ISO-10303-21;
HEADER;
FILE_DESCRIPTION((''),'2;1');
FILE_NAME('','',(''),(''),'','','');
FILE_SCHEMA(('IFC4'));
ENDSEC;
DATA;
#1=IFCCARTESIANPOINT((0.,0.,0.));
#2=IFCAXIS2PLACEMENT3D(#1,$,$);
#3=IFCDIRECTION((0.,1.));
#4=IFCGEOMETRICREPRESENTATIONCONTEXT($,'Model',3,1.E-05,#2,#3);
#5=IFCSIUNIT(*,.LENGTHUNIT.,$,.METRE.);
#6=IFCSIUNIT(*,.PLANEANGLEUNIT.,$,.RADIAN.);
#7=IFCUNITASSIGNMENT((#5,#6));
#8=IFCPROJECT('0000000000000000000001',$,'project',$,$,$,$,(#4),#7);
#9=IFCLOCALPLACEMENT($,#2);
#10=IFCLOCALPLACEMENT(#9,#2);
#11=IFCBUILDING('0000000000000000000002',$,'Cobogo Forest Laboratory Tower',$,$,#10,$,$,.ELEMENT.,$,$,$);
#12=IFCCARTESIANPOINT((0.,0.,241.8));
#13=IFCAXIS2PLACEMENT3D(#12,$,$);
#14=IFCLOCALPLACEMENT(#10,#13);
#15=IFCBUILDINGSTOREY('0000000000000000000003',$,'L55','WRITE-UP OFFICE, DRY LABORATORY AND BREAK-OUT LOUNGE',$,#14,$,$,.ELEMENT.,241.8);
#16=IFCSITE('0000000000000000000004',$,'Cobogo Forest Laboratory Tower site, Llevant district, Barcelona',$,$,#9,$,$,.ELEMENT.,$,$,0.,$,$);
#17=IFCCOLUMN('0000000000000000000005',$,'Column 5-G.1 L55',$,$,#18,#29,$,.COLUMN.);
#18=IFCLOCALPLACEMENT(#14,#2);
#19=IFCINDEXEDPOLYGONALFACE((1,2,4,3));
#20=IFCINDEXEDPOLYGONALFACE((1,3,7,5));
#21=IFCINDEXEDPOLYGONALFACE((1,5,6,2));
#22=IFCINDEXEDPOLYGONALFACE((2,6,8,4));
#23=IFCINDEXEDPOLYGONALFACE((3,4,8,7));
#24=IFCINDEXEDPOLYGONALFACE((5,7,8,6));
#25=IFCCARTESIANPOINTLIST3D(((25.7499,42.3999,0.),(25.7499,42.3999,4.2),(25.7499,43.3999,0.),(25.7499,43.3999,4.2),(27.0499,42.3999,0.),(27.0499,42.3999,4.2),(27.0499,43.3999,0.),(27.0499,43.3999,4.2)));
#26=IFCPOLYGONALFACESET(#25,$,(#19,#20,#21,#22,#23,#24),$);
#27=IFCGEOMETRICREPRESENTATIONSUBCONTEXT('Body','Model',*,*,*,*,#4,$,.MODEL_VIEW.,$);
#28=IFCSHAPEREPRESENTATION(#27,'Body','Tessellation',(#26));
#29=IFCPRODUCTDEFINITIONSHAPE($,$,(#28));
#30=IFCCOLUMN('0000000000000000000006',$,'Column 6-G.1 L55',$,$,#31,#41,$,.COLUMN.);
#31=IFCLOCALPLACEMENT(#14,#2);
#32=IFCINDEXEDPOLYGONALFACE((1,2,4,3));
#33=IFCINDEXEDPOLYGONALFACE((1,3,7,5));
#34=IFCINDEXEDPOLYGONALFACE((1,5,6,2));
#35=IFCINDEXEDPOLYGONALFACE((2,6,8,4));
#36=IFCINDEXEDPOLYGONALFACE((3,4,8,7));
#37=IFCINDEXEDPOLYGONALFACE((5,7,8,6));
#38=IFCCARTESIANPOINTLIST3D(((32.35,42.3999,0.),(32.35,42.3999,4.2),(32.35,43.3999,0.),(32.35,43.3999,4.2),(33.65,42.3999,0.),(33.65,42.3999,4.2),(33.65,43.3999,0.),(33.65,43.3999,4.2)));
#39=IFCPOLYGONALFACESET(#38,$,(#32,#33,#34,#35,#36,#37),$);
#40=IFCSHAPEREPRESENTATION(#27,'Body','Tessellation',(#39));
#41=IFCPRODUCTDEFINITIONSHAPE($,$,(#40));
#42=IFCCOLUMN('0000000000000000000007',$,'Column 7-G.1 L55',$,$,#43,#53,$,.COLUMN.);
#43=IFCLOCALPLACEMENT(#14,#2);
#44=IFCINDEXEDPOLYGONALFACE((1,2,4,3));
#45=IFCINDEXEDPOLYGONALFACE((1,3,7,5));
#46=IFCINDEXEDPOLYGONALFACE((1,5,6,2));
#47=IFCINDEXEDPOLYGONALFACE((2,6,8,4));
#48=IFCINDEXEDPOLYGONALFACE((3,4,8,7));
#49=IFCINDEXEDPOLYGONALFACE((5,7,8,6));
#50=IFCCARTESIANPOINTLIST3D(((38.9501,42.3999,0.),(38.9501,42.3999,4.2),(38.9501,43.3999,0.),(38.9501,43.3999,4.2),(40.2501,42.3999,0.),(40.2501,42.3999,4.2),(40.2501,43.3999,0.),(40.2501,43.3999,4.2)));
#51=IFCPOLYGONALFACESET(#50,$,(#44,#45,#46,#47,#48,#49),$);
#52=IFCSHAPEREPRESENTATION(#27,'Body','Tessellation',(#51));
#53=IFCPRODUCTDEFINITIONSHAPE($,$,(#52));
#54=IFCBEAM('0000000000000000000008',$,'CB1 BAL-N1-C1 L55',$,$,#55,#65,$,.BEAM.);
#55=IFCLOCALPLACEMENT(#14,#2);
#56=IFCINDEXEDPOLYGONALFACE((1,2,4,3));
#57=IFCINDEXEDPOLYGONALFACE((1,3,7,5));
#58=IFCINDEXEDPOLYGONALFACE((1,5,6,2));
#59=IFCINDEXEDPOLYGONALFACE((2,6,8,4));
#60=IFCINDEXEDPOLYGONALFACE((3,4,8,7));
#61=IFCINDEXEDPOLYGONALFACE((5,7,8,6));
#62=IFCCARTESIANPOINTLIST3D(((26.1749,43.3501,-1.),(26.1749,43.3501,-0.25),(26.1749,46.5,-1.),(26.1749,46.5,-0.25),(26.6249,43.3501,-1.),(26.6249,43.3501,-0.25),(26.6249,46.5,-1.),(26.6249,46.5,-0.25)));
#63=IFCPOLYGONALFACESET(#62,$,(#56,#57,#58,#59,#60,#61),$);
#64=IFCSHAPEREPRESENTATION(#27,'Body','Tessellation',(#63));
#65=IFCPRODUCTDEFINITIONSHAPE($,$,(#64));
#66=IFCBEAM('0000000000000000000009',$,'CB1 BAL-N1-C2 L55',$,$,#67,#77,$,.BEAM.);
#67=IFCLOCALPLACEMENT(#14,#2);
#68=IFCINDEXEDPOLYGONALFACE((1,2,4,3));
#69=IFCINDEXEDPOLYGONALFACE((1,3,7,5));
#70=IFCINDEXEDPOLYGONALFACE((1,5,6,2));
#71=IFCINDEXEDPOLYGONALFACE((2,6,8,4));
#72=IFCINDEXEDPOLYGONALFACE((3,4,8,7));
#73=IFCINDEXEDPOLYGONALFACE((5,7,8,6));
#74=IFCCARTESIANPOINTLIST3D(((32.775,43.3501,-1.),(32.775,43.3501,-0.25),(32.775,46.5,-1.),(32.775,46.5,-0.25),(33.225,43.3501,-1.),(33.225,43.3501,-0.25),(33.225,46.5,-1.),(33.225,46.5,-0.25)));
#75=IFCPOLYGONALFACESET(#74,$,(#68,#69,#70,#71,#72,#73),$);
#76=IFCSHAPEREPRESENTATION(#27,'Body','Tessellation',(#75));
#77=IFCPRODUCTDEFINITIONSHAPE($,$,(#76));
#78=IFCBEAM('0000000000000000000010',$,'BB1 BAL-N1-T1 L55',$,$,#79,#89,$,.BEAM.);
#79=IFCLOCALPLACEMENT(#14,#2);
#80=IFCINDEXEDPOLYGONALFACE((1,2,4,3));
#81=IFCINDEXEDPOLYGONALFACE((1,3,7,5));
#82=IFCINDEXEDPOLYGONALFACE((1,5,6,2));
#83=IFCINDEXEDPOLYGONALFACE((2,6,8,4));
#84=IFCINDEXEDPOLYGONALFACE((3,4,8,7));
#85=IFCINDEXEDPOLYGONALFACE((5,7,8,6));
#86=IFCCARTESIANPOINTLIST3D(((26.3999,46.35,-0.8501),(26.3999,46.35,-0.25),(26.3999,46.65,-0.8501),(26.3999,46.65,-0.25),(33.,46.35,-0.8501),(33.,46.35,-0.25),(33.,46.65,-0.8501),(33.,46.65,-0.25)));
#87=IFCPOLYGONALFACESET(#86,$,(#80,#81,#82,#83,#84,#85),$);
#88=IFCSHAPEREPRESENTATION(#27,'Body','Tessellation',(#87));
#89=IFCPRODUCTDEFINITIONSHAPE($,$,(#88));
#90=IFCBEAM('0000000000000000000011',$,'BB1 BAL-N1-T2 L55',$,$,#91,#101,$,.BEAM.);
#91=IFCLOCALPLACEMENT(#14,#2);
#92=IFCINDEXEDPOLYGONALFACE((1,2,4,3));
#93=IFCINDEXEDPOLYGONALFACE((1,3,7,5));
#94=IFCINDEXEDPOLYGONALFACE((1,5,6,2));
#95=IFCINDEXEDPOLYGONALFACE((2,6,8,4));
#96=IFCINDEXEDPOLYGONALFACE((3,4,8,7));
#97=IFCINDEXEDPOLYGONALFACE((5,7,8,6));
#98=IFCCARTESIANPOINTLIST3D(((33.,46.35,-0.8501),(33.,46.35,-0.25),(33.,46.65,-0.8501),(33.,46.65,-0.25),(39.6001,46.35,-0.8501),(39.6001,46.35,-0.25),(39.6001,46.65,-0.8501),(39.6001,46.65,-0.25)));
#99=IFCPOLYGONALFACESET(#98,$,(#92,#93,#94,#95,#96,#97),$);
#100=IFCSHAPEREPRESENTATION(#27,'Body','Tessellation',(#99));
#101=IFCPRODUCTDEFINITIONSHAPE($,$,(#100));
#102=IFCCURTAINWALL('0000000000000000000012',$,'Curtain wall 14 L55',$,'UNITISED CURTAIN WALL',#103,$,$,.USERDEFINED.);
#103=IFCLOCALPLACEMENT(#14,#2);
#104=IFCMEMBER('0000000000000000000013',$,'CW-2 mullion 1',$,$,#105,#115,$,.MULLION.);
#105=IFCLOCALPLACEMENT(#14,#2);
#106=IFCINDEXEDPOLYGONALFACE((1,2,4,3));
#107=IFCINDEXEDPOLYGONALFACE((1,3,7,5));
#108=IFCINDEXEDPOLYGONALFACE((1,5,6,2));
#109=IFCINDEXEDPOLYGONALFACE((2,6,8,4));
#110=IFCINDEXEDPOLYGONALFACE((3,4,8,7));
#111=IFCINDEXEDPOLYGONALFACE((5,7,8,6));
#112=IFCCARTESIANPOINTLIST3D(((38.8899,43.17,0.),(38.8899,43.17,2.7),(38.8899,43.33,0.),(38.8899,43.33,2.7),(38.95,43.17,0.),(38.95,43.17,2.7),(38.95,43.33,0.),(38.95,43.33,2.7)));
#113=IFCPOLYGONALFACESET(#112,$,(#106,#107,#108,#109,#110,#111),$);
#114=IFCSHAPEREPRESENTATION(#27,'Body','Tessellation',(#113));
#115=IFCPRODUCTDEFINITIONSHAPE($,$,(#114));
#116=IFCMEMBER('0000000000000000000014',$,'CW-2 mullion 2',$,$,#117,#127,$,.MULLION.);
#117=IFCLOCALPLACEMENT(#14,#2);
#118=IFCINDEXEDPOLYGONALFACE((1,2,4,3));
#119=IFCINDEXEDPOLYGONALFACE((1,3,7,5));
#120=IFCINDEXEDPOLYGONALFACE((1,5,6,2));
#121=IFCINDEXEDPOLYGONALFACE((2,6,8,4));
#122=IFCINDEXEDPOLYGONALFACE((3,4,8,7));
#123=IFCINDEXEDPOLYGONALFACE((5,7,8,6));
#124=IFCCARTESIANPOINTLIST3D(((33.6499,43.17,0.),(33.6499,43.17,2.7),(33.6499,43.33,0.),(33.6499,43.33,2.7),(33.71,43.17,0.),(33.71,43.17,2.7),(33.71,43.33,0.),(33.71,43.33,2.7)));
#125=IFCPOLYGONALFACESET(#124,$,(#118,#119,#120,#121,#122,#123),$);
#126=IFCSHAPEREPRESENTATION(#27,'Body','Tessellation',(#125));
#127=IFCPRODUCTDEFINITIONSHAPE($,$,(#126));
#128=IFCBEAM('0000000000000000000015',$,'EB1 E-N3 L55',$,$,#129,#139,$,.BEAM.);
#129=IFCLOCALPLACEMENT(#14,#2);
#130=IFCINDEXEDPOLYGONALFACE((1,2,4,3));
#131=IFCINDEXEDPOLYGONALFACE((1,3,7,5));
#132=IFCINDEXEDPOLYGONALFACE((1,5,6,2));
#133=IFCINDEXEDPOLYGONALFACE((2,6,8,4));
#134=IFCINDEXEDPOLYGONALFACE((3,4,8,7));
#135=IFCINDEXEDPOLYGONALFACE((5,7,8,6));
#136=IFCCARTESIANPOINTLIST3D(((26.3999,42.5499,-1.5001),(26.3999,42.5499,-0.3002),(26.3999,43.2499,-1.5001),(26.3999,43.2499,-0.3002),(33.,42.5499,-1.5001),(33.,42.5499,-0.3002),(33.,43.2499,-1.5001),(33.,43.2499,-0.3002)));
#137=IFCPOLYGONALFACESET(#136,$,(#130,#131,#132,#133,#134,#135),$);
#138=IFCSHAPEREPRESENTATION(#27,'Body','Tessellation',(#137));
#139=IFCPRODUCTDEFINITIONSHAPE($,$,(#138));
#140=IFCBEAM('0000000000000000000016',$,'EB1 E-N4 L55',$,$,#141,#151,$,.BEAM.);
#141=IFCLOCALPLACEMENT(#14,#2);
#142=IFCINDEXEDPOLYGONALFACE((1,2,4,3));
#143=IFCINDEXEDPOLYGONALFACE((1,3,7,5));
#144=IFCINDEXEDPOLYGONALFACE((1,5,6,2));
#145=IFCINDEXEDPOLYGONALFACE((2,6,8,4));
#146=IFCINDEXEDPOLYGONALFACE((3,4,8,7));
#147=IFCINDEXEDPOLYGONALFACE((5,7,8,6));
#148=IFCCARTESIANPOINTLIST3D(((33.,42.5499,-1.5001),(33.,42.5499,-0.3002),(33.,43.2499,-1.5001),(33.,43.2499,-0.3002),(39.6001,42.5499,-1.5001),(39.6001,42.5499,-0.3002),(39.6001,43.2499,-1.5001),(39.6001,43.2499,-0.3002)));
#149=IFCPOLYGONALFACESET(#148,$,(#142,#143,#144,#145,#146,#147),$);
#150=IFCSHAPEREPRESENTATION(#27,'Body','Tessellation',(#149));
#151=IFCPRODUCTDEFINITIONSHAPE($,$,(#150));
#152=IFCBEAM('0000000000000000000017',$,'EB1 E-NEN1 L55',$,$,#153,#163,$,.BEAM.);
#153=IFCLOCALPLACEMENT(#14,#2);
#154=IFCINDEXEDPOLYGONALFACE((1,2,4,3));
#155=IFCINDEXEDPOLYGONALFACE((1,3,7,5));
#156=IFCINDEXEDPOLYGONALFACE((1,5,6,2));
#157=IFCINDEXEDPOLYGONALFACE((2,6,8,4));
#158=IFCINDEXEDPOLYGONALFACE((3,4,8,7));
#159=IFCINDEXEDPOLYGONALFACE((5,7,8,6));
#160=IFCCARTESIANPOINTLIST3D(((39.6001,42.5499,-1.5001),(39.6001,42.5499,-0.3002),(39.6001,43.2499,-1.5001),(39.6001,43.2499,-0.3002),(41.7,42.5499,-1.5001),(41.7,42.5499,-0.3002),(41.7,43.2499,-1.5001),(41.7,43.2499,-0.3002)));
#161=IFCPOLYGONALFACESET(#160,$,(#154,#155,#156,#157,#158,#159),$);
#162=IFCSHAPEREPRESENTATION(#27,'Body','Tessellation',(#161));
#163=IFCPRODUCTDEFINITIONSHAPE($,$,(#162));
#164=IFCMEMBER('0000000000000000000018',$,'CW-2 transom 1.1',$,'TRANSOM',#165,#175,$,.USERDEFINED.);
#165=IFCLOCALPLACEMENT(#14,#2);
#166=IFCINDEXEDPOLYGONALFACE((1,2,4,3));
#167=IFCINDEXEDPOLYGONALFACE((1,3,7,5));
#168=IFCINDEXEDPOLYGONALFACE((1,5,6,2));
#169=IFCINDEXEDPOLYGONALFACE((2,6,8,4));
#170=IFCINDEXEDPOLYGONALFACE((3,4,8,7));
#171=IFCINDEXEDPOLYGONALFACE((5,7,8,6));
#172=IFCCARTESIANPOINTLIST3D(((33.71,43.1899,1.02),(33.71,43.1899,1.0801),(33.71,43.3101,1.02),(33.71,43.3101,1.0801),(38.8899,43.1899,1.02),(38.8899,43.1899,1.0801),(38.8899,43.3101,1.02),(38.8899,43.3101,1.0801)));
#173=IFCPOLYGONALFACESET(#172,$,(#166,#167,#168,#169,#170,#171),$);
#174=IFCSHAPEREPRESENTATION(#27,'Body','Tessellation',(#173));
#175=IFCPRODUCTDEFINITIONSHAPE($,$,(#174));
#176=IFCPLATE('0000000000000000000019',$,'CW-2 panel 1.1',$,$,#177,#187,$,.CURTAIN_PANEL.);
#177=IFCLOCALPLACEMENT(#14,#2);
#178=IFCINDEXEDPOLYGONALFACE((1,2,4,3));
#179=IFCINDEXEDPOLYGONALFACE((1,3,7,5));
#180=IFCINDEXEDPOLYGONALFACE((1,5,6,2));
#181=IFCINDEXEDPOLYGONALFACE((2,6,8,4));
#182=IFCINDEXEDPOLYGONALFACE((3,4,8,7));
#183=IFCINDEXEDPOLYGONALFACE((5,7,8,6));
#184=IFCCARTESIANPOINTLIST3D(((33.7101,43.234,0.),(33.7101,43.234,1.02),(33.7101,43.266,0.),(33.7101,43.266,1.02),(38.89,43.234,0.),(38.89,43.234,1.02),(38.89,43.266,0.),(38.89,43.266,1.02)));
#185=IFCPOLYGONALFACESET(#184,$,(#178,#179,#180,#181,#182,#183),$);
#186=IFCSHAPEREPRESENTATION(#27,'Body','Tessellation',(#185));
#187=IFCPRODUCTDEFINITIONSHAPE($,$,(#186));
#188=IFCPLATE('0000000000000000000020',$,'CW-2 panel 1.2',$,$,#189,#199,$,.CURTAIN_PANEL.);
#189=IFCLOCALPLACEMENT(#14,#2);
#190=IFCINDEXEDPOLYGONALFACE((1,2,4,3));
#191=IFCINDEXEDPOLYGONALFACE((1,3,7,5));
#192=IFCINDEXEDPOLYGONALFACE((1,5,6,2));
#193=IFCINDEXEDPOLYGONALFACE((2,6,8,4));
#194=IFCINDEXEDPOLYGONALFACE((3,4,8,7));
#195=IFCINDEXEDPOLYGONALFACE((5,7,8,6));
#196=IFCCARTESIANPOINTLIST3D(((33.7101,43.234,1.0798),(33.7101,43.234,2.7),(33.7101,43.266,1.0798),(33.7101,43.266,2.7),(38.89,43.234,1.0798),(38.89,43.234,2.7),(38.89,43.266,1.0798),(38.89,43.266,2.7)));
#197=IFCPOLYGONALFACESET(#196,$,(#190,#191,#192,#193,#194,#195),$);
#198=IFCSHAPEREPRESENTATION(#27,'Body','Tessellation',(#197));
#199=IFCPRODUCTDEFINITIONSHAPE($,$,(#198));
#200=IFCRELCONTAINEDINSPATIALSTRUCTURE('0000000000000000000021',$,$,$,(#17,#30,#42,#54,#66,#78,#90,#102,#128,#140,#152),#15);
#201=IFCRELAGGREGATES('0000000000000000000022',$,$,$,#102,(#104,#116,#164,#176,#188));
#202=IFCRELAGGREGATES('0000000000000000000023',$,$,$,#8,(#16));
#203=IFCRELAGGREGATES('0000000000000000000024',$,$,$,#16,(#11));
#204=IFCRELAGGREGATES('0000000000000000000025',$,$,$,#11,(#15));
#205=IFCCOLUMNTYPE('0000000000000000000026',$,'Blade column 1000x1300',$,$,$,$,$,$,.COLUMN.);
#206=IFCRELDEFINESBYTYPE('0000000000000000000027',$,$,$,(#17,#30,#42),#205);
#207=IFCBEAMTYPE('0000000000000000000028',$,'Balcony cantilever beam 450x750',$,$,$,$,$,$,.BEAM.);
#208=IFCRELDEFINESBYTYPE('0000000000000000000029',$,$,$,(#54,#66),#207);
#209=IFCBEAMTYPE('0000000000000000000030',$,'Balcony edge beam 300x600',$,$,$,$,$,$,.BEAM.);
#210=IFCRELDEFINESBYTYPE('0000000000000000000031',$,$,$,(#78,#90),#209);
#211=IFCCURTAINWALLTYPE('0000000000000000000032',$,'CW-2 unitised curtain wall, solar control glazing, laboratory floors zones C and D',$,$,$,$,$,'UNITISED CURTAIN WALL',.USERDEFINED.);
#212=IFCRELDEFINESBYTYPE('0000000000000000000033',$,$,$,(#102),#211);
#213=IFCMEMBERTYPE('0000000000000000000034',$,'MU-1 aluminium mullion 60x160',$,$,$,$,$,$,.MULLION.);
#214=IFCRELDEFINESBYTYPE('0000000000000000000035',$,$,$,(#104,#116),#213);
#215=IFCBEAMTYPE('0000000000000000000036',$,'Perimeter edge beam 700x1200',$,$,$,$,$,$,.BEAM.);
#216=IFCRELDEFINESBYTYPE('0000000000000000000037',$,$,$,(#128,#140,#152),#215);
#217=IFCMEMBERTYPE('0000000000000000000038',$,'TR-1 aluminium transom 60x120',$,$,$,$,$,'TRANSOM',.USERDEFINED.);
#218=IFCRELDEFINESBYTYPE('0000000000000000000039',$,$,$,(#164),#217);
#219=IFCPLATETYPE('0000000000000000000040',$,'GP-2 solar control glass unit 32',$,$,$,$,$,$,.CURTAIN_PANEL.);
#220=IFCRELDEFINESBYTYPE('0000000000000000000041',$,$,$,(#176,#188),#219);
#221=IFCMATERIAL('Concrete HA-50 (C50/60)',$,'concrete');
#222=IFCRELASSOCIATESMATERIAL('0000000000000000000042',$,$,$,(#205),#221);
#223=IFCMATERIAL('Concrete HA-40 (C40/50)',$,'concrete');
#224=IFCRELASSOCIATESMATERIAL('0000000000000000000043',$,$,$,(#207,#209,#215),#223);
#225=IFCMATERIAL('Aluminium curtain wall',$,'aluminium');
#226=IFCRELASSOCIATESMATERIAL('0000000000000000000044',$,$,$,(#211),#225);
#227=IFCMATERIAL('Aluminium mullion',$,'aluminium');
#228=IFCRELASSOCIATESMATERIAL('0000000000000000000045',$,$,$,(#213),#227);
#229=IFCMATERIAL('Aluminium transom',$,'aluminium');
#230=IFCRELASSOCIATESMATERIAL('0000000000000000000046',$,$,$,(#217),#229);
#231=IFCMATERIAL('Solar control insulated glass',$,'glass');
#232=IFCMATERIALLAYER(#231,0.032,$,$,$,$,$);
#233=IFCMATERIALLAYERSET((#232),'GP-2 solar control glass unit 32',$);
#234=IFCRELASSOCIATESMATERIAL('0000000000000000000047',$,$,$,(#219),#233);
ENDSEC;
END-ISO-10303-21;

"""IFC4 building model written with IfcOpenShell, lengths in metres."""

from ifc_helpers import new_model, si_unit, direction, frame, origin, origin_2d, place, context, subcontext, project, spatial, rectangle, extrude, material, layer, layer_set, material_profile, profile_set, type_object, element, aggregate, save


model = new_model("IFC4")

# Units and contexts
model_context = context("Model", 3, precision=1e-05, world=origin(), true_north=direction((0.0, 1.0)))
body_context = subcontext(model_context, "Body", "Model", "MODEL_VIEW")
ifc_project = project(units=[si_unit("LENGTHUNIT", "METRE"), si_unit("PLANEANGLEUNIT", "RADIAN")], contexts=[model_context])

# Site, building, storey
site_placement = place(None, origin())
site = spatial("IfcSite", under=ifc_project, at=site_placement, Name="Cobogo Forest Laboratory Tower site, Llevant district, Barcelona", CompositionType="ELEMENT", RefElevation=0.0)
building_placement = place(site_placement, origin())
building = spatial("IfcBuilding", under=site, at=building_placement, Name="Cobogo Forest Laboratory Tower", CompositionType="ELEMENT")
storey_placement = place(building_placement, frame((0.0, 0.0, 241.8)))
storey = spatial("IfcBuildingStorey", under=building, at=storey_placement, Name="L55", Description="WRITE-UP OFFICE, DRY LABORATORY AND BREAK-OUT LOUNGE", CompositionType="ELEMENT", Elevation=241.8)

# Columns
ifc_material_1 = material(Name="Concrete HA-50 (C50/60)", Category="concrete")
ifc_material_profile_1 = material_profile(ifc_material_1, rectangle(XDim=1.3, YDim=1.0, at=origin_2d()), Name="RC 1000x1300")
ifc_profile_set_1 = profile_set([ifc_material_profile_1], Name="Concrete HA-50 (C50/60)")
column_type = type_object("IfcColumnType", Name="Blade column 1000x1300", PredefinedType="COLUMN", material=ifc_profile_set_1)
for number, where, z_axis, x_axis, name in (
    (1, (26.3999, 42.8999, 0.0), (0.0, 0.0, 1.0), (1.0, 0.0, 0.0), "Column 5-G.1 L55"),
    (2, (33.0, 42.8999, 0.0), (0.0, 0.0, 1.0), (1.0, 0.0, 0.0), "Column 6-G.1 L55"),
    (3, (39.6001, 42.8999, 0.0), (0.0, 0.0, 1.0), (1.0, 0.0, 0.0), "Column 7-G.1 L55"),
):
    element("IfcColumn", number, at=place(storey_placement, frame(where, z_axis=z_axis, x_axis=x_axis)), inside=storey, type_object=column_type, Name=name, PredefinedType="COLUMN", context=body_context, shape_type="SweptSolid", body=[
        extrude(rectangle(XDim=1.3, YDim=1.0, at=origin_2d()), origin(), (0.0, 0.0, 1.0), 4.2),
    ])

# Beams
ifc_material_2 = material(Name="Concrete HA-40 (C40/50)", Category="concrete")
ifc_material_profile_2 = material_profile(ifc_material_2, rectangle(XDim=0.45, YDim=0.75, at=origin_2d()), Name="RC 450x750")
ifc_profile_set_2 = profile_set([ifc_material_profile_2], Name="Concrete HA-40 (C40/50)")
beam_type_1 = type_object("IfcBeamType", Name="Balcony cantilever beam 450x750", PredefinedType="BEAM", material=ifc_profile_set_2)
for number, where, z_axis, x_axis, name in (
    (4, (26.3999, 43.3501, -0.625), (0.0, 1.0, 0.0), (-1.0, 0.0, 0.0), "CB1 BAL-N1-C1 L55"),
    (5, (33.0, 43.3501, -0.625), (0.0, 1.0, 0.0), (-1.0, 0.0, 0.0), "CB1 BAL-N1-C2 L55"),
):
    element("IfcBeam", number, at=place(storey_placement, frame(where, z_axis=z_axis, x_axis=x_axis)), inside=storey, type_object=beam_type_1, Name=name, PredefinedType="BEAM", context=body_context, shape_type="SweptSolid", body=[
        extrude(rectangle(XDim=0.45, YDim=0.75, at=origin_2d()), origin(), (0.0, 0.0, 1.0), 3.1499),
    ])
ifc_material_profile_3 = material_profile(ifc_material_2, rectangle(XDim=0.3, YDim=0.6001, at=origin_2d()), Name="RC 300x600")
ifc_profile_set_3 = profile_set([ifc_material_profile_3], Name="Concrete HA-40 (C40/50)")
beam_type_2 = type_object("IfcBeamType", Name="Balcony edge beam 300x600", PredefinedType="BEAM", material=ifc_profile_set_3)
for number, where, z_axis, x_axis, name in (
    (6, (26.3999, 46.5, -0.55), (1.0, 0.0, 0.0), (0.0, 1.0, 0.0), "BB1 BAL-N1-T1 L55"),
    (7, (33.0, 46.5, -0.55), (1.0, 0.0, 0.0), (0.0, 1.0, 0.0), "BB1 BAL-N1-T2 L55"),
):
    element("IfcBeam", number, at=place(storey_placement, frame(where, z_axis=z_axis, x_axis=x_axis)), inside=storey, type_object=beam_type_2, Name=name, PredefinedType="BEAM", context=body_context, shape_type="SweptSolid", body=[
        extrude(rectangle(XDim=0.3, YDim=0.6001, at=origin_2d()), origin(), (0.0, 0.0, 1.0), 6.6001),
    ])

# Curtain wall, members
ifc_material_3 = material(Name="Aluminium curtain wall", Category="aluminium")
curtain_wall_type = type_object("IfcCurtainWallType", Name="CW-2 unitised curtain wall, solar control glazing, laboratory floors zones C and D", ElementType="UNITISED CURTAIN WALL", PredefinedType="USERDEFINED", material=ifc_material_3)
curtain_wall_placement = place(storey_placement, origin())
curtain_wall = element("IfcCurtainWall", 8, at=curtain_wall_placement, inside=storey, type_object=curtain_wall_type, Name="Curtain wall 14 L55", ObjectType="UNITISED CURTAIN WALL", PredefinedType="USERDEFINED")
ifc_material_4 = material(Name="Aluminium mullion", Category="aluminium")
ifc_material_profile_4 = material_profile(ifc_material_4, rectangle(XDim=0.0601, YDim=0.1599, at=origin_2d()), Name="AL 60x160")
ifc_profile_set_4 = profile_set([ifc_material_profile_4], Name="Aluminium mullion")
member_type_1 = type_object("IfcMemberType", Name="MU-1 aluminium mullion 60x160", PredefinedType="MULLION", material=ifc_profile_set_4)
member_1_placement = place(storey_placement, frame((38.9199, 43.25, 0.0), z_axis=(0.0, 0.0, 1.0), x_axis=(-1.0, 0.0, 0.0)))
member_1 = element("IfcMember", 9, at=member_1_placement, type_object=member_type_1, Name="CW-2 mullion 1", PredefinedType="MULLION", context=body_context, shape_type="SweptSolid", body=[
    extrude(rectangle(XDim=0.0601, YDim=0.1599, at=origin_2d()), origin(), (0.0, 0.0, 1.0), 2.7),
])
member_2_placement = place(storey_placement, frame((33.6799, 43.25, 0.0), z_axis=(0.0, 0.0, 1.0), x_axis=(-1.0, 0.0, 0.0)))
member_2 = element("IfcMember", 10, at=member_2_placement, type_object=member_type_1, Name="CW-2 mullion 2", PredefinedType="MULLION", context=body_context, shape_type="SweptSolid", body=[
    extrude(rectangle(XDim=0.0601, YDim=0.1599, at=origin_2d()), origin(), (0.0, 0.0, 1.0), 2.7),
])

# Beams
ifc_material_profile_5 = material_profile(ifc_material_2, rectangle(XDim=0.7, YDim=1.2, at=origin_2d()), Name="RC 700x1200")
ifc_profile_set_5 = profile_set([ifc_material_profile_5], Name="Concrete HA-40 (C40/50)")
beam_type_3 = type_object("IfcBeamType", Name="Perimeter edge beam 700x1200", PredefinedType="BEAM", material=ifc_profile_set_5)
for number, where, z_axis, x_axis, name in (
    (11, (26.3999, 42.8999, -0.9001), (1.0, 0.0, 0.0), (0.0, 1.0, 0.0), "EB1 E-N3 L55"),
    (12, (33.0, 42.8999, -0.9001), (1.0, 0.0, 0.0), (0.0, 1.0, 0.0), "EB1 E-N4 L55"),
):
    element("IfcBeam", number, at=place(storey_placement, frame(where, z_axis=z_axis, x_axis=x_axis)), inside=storey, type_object=beam_type_3, Name=name, PredefinedType="BEAM", context=body_context, shape_type="SweptSolid", body=[
        extrude(rectangle(XDim=0.7, YDim=1.2, at=origin_2d()), origin(), (0.0, 0.0, 1.0), 6.6001),
    ])
beam_placement = place(storey_placement, frame((39.6001, 42.8999, -0.9001), z_axis=(1.0, 0.0, 0.0), x_axis=(0.0, 1.0, 0.0)))
element("IfcBeam", 13, at=beam_placement, inside=storey, type_object=beam_type_3, Name="EB1 E-NEN1 L55", PredefinedType="BEAM", context=body_context, shape_type="SweptSolid", body=[
    extrude(rectangle(XDim=0.7, YDim=1.2, at=origin_2d()), origin(), (0.0, 0.0, 1.0), 2.0999),
])

# Member
ifc_material_5 = material(Name="Aluminium transom", Category="aluminium")
ifc_material_profile_6 = material_profile(ifc_material_5, rectangle(XDim=0.1201, YDim=0.0601, at=origin_2d()), Name="AL 60x120")
ifc_profile_set_6 = profile_set([ifc_material_profile_6], Name="Aluminium transom")
member_type_2 = type_object("IfcMemberType", Name="TR-1 aluminium transom 60x120", ElementType="TRANSOM", PredefinedType="USERDEFINED", material=ifc_profile_set_6)
member_3_placement = place(storey_placement, frame((38.8899, 43.25, 1.05), z_axis=(-1.0, 0.0, 0.0), x_axis=(0.0, -1.0, 0.0)))
member_3 = element("IfcMember", 14, at=member_3_placement, type_object=member_type_2, Name="CW-2 transom 1.1", ObjectType="TRANSOM", PredefinedType="USERDEFINED", context=body_context, shape_type="SweptSolid", body=[
    extrude(rectangle(XDim=0.1201, YDim=0.0601, at=origin_2d()), origin(), (0.0, 0.0, 1.0), 5.1799),
])

# Plates
ifc_material_6 = material(Name="Solar control insulated glass", Category="glass")
ifc_layer_1 = layer(ifc_material_6, 0.032)
ifc_layer_set_1 = layer_set([ifc_layer_1], Name="GP-2 solar control glass unit 32")
plate_type = type_object("IfcPlateType", Name="GP-2 solar control glass unit 32", PredefinedType="CURTAIN_PANEL", material=ifc_layer_set_1)
plate_1_placement = place(storey_placement, frame((36.3, 43.25, 0.0), z_axis=(0.0, 0.0, 1.0), x_axis=(-1.0, 0.0, 0.0)))
plate_1 = element("IfcPlate", 15, at=plate_1_placement, type_object=plate_type, Name="CW-2 panel 1.1", PredefinedType="CURTAIN_PANEL", context=body_context, shape_type="SweptSolid", body=[
    extrude(rectangle(XDim=5.1799, YDim=0.032, at=origin_2d()), origin(), (0.0, 0.0, 1.0), 1.02),
])
plate_2_placement = place(storey_placement, frame((36.3, 43.25, 1.0798), z_axis=(0.0, 0.0, 1.0), x_axis=(-1.0, 0.0, 0.0)))
plate_2 = element("IfcPlate", 16, at=plate_2_placement, type_object=plate_type, Name="CW-2 panel 1.2", PredefinedType="CURTAIN_PANEL", context=body_context, shape_type="SweptSolid", body=[
    extrude(rectangle(XDim=5.1799, YDim=0.032, at=origin_2d()), origin(), (0.0, 0.0, 1.0), 1.6201),
])
aggregate(curtain_wall, [member_1, member_2, member_3, plate_1, plate_2])

save(model, "model.ifc")
